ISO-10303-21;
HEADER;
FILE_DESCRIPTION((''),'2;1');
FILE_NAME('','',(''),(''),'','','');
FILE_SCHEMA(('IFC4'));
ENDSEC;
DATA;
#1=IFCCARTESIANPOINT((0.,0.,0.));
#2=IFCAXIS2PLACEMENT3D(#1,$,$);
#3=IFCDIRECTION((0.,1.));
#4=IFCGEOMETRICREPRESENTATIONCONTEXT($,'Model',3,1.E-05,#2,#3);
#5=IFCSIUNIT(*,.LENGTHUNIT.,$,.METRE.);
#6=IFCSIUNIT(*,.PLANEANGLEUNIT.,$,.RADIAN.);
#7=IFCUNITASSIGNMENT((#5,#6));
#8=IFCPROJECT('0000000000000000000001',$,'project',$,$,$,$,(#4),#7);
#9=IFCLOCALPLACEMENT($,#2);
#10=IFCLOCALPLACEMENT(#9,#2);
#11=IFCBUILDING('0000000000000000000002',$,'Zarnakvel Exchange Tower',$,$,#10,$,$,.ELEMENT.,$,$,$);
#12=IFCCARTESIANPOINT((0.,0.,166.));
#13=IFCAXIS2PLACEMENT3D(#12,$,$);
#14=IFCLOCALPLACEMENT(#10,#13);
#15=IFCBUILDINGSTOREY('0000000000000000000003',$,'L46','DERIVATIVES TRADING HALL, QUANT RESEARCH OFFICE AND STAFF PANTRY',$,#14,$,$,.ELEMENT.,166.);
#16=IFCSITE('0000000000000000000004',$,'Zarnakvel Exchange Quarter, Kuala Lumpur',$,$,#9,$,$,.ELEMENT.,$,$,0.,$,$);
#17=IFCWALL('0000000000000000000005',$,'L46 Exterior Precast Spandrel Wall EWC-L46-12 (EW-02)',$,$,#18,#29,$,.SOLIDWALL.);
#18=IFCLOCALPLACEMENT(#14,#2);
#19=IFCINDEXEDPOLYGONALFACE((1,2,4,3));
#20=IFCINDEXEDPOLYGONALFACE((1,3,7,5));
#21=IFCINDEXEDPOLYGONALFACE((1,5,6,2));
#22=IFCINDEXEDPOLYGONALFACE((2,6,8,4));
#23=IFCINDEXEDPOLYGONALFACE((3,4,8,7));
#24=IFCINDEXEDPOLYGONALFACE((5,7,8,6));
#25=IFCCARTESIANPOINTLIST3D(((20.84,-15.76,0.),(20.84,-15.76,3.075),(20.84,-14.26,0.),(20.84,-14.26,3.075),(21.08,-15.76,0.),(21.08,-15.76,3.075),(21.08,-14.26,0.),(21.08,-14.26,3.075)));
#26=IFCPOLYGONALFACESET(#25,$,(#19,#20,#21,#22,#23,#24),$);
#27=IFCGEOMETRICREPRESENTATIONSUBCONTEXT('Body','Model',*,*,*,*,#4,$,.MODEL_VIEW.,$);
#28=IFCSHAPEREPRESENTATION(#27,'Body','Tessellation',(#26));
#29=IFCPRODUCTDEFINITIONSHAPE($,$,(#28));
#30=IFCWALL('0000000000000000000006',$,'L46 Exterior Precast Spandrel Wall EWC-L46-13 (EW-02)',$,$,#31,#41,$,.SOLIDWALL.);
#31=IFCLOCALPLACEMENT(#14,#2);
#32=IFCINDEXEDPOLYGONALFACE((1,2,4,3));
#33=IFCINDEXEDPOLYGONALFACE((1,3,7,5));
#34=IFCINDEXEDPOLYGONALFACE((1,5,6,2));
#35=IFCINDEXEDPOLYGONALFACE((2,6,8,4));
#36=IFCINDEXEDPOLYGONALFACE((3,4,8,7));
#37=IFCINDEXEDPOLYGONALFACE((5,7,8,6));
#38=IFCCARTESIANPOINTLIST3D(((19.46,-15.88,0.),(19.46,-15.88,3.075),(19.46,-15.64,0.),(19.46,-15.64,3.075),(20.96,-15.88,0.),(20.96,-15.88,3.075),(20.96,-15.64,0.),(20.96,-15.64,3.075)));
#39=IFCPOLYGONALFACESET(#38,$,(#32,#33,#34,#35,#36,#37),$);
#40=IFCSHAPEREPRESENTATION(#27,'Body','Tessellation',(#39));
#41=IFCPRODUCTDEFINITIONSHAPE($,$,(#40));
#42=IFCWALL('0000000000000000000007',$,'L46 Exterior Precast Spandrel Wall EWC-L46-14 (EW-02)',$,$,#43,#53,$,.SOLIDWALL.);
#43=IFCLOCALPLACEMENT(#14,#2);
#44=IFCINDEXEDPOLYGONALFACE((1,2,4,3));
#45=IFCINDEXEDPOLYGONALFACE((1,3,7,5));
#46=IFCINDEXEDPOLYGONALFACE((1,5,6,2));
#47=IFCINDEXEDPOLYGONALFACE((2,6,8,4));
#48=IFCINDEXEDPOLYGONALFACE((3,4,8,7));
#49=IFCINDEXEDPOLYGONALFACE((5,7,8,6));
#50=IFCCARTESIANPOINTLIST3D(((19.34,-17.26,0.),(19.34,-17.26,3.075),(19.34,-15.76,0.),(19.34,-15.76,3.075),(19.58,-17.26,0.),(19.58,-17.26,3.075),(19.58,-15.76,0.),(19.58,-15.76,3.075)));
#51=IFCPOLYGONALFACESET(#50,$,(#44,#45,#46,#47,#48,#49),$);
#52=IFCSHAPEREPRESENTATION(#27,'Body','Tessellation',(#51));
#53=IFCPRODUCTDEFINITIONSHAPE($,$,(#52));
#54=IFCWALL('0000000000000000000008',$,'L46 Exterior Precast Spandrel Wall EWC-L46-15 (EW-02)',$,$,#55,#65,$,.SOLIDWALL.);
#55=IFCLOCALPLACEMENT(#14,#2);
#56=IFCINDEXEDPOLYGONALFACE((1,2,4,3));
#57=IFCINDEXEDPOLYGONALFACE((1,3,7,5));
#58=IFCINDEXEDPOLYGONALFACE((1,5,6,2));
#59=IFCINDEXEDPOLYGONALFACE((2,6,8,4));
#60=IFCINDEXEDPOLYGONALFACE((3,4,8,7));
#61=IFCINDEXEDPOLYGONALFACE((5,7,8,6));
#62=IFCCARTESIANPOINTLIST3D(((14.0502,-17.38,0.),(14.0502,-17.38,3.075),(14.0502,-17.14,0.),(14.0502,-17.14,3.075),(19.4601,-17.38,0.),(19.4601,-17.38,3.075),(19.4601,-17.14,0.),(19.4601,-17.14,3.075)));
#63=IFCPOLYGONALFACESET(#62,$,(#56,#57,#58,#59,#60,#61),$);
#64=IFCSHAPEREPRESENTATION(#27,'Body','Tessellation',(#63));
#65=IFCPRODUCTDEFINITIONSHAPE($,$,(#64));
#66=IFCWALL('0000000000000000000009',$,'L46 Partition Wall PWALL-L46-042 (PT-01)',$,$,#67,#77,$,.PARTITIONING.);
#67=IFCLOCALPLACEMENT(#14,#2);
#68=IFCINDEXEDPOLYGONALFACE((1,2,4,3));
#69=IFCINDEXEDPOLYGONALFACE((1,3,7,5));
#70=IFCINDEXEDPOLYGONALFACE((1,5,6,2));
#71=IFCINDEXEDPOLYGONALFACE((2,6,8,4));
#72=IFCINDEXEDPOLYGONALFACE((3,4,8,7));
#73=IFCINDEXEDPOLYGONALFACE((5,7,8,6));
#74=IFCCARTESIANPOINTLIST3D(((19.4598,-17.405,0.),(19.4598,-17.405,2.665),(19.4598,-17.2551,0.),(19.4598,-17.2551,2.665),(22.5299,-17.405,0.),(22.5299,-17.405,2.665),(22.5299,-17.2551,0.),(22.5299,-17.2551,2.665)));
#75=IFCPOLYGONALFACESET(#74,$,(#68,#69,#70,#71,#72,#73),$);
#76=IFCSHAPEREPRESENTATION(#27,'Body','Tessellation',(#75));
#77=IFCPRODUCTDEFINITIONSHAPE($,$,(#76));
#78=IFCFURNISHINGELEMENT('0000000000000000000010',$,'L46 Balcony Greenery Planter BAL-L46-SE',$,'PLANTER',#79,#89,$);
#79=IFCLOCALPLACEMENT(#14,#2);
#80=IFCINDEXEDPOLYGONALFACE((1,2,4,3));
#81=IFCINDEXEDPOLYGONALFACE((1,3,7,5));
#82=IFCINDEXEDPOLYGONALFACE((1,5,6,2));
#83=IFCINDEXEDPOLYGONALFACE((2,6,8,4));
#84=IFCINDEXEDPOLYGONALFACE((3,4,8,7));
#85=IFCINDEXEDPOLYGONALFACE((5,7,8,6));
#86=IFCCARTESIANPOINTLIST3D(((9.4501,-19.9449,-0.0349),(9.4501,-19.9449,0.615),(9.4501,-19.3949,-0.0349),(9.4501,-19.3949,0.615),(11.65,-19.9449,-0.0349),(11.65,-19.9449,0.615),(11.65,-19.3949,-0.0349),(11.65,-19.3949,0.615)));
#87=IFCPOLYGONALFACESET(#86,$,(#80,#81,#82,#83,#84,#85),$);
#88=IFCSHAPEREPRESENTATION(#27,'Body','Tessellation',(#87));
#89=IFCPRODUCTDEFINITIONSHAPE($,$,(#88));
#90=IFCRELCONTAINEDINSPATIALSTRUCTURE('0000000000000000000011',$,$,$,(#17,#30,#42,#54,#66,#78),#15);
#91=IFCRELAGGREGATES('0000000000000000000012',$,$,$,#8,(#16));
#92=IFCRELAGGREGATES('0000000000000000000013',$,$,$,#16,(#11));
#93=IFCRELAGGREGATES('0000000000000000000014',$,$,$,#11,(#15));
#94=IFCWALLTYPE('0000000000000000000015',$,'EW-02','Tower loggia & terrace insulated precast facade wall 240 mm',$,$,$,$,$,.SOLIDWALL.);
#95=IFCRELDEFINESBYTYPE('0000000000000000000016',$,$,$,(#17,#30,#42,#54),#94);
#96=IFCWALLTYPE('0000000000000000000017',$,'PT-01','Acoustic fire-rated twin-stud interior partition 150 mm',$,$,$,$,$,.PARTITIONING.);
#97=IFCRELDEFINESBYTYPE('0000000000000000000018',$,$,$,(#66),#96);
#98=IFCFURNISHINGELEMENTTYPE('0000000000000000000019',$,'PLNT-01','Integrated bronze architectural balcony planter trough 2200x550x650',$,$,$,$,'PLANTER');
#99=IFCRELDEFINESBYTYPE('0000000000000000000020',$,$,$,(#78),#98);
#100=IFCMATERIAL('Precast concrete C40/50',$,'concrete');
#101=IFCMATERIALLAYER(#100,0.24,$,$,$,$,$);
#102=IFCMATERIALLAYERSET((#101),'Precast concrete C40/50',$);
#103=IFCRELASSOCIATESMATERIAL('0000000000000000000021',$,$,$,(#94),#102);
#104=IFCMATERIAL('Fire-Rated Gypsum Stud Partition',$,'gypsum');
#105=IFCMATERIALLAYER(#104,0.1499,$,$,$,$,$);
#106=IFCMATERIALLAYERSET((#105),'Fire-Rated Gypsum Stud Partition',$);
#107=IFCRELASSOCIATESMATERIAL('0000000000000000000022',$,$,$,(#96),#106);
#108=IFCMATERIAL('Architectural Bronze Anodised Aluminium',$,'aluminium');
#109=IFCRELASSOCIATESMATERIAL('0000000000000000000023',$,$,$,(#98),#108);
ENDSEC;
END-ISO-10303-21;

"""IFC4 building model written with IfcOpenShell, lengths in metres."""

from ifc_helpers import new_model, si_unit, direction, frame, frame_2d, origin, origin_2d, place, context, subcontext, project, spatial, rectangle, extrude, source, transform, mapped, material, layer, layer_set, type_object, element, save


model = new_model("IFC4")

# Units and contexts
model_context = context("Model", 3, precision=1e-05, world=origin(), true_north=direction((0.0, 1.0)))
body_context = subcontext(model_context, "Body", "Model", "MODEL_VIEW")
ifc_project = project(units=[si_unit("LENGTHUNIT", "METRE"), si_unit("PLANEANGLEUNIT", "RADIAN")], contexts=[model_context])

# Site, building, storey
site_placement = place(None, origin())
site = spatial("IfcSite", under=ifc_project, at=site_placement, Name="Zarnakvel Exchange Quarter, Kuala Lumpur", CompositionType="ELEMENT", RefElevation=0.0)
building_placement = place(site_placement, origin())
building = spatial("IfcBuilding", under=site, at=building_placement, Name="Zarnakvel Exchange Tower", CompositionType="ELEMENT")
storey_placement = place(building_placement, frame((0.0, 0.0, 166.0)))
storey = spatial("IfcBuildingStorey", under=building, at=storey_placement, Name="L46", Description="DERIVATIVES TRADING HALL, QUANT RESEARCH OFFICE AND STAFF PANTRY", CompositionType="ELEMENT", Elevation=166.0)

# Shared definitions
ifc_material_1 = material(Name="Architectural Bronze Anodised Aluminium", Category="aluminium")

# Shared definitions
ifc_material_2 = material(Name="Precast concrete C40/50", Category="concrete")
ifc_layer_1 = layer(ifc_material_2, 0.24)
ifc_layer_set_1 = layer_set([ifc_layer_1], Name="Precast concrete C40/50")
wall_type_1 = type_object("IfcWallType", Name="EW-02", Description="Tower loggia & terrace insulated precast facade wall 240 mm", PredefinedType="SOLIDWALL", material=ifc_layer_set_1)

# Walls
for number, where, z_axis, x_axis, name in (
    (1, (20.96, -15.76, 0.0), (0.0, 0.0, 1.0), (0.0, 1.0, 0.0), "L46 Exterior Precast Spandrel Wall EWC-L46-12 (EW-02)"),
    (2, (19.46, -15.76, 0.0), (0.0, 0.0, 1.0), (1.0, 0.0, 0.0), "L46 Exterior Precast Spandrel Wall EWC-L46-13 (EW-02)"),
    (3, (19.46, -17.26, 0.0), (0.0, 0.0, 1.0), (0.0, 1.0, 0.0), "L46 Exterior Precast Spandrel Wall EWC-L46-14 (EW-02)"),
):
    element("IfcWall", number, at=place(storey_placement, frame(where, z_axis=z_axis, x_axis=x_axis)), inside=storey, type_object=wall_type_1, Name=name, PredefinedType="SOLIDWALL", context=body_context, shape_type="SweptSolid", body=[
        extrude(rectangle(XDim=1.5, YDim=0.24, at=frame_2d((0.75, 0.0))), origin(), (0.0, 0.0, 1.0), 3.075),
    ])
wall_1_placement = place(storey_placement, frame((14.05, -17.26, 0.0), z_axis=(0.0, 0.0, 1.0), x_axis=(1.0, 0.0, 0.0)))
element("IfcWall", 4, at=wall_1_placement, inside=storey, type_object=wall_type_1, Name="L46 Exterior Precast Spandrel Wall EWC-L46-15 (EW-02)", PredefinedType="SOLIDWALL", context=body_context, shape_type="SweptSolid", body=[
    extrude(rectangle(XDim=5.4099, YDim=0.24, at=frame_2d((2.7051, 0.0))), origin(), (0.0, 0.0, 1.0), 3.075),
])
ifc_material_3 = material(Name="Fire-Rated Gypsum Stud Partition", Category="gypsum")
ifc_layer_2 = layer(ifc_material_3, 0.1499)
ifc_layer_set_2 = layer_set([ifc_layer_2], Name="Fire-Rated Gypsum Stud Partition")
wall_type_2 = type_object("IfcWallType", Name="PT-01", Description="Acoustic fire-rated twin-stud interior partition 150 mm", PredefinedType="PARTITIONING", material=ifc_layer_set_2)
wall_2_placement = place(storey_placement, frame((22.53, -17.3301, 0.0), z_axis=(0.0, 0.0, 1.0), x_axis=(-1.0, 0.0, 0.0)))
element("IfcWall", 5, at=wall_2_placement, inside=storey, type_object=wall_type_2, Name="L46 Partition Wall PWALL-L46-042 (PT-01)", PredefinedType="PARTITIONING", context=body_context, shape_type="SweptSolid", body=[
    extrude(rectangle(XDim=3.0701, YDim=0.1499, at=frame_2d((1.5352, 0.0))), origin(), (0.0, 0.0, 1.0), 2.665),
])

# Furnishing element
furnishing_element_type = type_object("IfcFurnishingElementType", Name="PLNT-01", Description="Integrated bronze architectural balcony planter trough 2200x550x650", ElementType="PLANTER", material=ifc_material_1)
shared_shape_1 = source(origin(), body_context, "Body", "SweptSolid", [
    extrude(rectangle(XDim=2.2, YDim=0.55, at=origin_2d()), origin(), (0.0, 0.0, 1.0), 0.6499),
])
furnishing_placement = place(storey_placement, frame((10.55, -19.6699, -0.0349), z_axis=(0.0, 0.0, 1.0), x_axis=(1.0, 0.0, 0.0)))
element("IfcFurnishingElement", 6, at=furnishing_placement, inside=storey, type_object=furnishing_element_type, Name="L46 Balcony Greenery Planter BAL-L46-SE", ObjectType="PLANTER", context=body_context, shape_type="MappedRepresentation", body=[
    mapped(shared_shape_1, transform((0.0, 0.0, 0.0), x_axis=(1.0, 0.0, 0.0), y_axis=(0.0, 1.0, 0.0), z_axis=(0.0, 0.0, 1.0), scale=1.0)),
])

save(model, "model.ifc")
